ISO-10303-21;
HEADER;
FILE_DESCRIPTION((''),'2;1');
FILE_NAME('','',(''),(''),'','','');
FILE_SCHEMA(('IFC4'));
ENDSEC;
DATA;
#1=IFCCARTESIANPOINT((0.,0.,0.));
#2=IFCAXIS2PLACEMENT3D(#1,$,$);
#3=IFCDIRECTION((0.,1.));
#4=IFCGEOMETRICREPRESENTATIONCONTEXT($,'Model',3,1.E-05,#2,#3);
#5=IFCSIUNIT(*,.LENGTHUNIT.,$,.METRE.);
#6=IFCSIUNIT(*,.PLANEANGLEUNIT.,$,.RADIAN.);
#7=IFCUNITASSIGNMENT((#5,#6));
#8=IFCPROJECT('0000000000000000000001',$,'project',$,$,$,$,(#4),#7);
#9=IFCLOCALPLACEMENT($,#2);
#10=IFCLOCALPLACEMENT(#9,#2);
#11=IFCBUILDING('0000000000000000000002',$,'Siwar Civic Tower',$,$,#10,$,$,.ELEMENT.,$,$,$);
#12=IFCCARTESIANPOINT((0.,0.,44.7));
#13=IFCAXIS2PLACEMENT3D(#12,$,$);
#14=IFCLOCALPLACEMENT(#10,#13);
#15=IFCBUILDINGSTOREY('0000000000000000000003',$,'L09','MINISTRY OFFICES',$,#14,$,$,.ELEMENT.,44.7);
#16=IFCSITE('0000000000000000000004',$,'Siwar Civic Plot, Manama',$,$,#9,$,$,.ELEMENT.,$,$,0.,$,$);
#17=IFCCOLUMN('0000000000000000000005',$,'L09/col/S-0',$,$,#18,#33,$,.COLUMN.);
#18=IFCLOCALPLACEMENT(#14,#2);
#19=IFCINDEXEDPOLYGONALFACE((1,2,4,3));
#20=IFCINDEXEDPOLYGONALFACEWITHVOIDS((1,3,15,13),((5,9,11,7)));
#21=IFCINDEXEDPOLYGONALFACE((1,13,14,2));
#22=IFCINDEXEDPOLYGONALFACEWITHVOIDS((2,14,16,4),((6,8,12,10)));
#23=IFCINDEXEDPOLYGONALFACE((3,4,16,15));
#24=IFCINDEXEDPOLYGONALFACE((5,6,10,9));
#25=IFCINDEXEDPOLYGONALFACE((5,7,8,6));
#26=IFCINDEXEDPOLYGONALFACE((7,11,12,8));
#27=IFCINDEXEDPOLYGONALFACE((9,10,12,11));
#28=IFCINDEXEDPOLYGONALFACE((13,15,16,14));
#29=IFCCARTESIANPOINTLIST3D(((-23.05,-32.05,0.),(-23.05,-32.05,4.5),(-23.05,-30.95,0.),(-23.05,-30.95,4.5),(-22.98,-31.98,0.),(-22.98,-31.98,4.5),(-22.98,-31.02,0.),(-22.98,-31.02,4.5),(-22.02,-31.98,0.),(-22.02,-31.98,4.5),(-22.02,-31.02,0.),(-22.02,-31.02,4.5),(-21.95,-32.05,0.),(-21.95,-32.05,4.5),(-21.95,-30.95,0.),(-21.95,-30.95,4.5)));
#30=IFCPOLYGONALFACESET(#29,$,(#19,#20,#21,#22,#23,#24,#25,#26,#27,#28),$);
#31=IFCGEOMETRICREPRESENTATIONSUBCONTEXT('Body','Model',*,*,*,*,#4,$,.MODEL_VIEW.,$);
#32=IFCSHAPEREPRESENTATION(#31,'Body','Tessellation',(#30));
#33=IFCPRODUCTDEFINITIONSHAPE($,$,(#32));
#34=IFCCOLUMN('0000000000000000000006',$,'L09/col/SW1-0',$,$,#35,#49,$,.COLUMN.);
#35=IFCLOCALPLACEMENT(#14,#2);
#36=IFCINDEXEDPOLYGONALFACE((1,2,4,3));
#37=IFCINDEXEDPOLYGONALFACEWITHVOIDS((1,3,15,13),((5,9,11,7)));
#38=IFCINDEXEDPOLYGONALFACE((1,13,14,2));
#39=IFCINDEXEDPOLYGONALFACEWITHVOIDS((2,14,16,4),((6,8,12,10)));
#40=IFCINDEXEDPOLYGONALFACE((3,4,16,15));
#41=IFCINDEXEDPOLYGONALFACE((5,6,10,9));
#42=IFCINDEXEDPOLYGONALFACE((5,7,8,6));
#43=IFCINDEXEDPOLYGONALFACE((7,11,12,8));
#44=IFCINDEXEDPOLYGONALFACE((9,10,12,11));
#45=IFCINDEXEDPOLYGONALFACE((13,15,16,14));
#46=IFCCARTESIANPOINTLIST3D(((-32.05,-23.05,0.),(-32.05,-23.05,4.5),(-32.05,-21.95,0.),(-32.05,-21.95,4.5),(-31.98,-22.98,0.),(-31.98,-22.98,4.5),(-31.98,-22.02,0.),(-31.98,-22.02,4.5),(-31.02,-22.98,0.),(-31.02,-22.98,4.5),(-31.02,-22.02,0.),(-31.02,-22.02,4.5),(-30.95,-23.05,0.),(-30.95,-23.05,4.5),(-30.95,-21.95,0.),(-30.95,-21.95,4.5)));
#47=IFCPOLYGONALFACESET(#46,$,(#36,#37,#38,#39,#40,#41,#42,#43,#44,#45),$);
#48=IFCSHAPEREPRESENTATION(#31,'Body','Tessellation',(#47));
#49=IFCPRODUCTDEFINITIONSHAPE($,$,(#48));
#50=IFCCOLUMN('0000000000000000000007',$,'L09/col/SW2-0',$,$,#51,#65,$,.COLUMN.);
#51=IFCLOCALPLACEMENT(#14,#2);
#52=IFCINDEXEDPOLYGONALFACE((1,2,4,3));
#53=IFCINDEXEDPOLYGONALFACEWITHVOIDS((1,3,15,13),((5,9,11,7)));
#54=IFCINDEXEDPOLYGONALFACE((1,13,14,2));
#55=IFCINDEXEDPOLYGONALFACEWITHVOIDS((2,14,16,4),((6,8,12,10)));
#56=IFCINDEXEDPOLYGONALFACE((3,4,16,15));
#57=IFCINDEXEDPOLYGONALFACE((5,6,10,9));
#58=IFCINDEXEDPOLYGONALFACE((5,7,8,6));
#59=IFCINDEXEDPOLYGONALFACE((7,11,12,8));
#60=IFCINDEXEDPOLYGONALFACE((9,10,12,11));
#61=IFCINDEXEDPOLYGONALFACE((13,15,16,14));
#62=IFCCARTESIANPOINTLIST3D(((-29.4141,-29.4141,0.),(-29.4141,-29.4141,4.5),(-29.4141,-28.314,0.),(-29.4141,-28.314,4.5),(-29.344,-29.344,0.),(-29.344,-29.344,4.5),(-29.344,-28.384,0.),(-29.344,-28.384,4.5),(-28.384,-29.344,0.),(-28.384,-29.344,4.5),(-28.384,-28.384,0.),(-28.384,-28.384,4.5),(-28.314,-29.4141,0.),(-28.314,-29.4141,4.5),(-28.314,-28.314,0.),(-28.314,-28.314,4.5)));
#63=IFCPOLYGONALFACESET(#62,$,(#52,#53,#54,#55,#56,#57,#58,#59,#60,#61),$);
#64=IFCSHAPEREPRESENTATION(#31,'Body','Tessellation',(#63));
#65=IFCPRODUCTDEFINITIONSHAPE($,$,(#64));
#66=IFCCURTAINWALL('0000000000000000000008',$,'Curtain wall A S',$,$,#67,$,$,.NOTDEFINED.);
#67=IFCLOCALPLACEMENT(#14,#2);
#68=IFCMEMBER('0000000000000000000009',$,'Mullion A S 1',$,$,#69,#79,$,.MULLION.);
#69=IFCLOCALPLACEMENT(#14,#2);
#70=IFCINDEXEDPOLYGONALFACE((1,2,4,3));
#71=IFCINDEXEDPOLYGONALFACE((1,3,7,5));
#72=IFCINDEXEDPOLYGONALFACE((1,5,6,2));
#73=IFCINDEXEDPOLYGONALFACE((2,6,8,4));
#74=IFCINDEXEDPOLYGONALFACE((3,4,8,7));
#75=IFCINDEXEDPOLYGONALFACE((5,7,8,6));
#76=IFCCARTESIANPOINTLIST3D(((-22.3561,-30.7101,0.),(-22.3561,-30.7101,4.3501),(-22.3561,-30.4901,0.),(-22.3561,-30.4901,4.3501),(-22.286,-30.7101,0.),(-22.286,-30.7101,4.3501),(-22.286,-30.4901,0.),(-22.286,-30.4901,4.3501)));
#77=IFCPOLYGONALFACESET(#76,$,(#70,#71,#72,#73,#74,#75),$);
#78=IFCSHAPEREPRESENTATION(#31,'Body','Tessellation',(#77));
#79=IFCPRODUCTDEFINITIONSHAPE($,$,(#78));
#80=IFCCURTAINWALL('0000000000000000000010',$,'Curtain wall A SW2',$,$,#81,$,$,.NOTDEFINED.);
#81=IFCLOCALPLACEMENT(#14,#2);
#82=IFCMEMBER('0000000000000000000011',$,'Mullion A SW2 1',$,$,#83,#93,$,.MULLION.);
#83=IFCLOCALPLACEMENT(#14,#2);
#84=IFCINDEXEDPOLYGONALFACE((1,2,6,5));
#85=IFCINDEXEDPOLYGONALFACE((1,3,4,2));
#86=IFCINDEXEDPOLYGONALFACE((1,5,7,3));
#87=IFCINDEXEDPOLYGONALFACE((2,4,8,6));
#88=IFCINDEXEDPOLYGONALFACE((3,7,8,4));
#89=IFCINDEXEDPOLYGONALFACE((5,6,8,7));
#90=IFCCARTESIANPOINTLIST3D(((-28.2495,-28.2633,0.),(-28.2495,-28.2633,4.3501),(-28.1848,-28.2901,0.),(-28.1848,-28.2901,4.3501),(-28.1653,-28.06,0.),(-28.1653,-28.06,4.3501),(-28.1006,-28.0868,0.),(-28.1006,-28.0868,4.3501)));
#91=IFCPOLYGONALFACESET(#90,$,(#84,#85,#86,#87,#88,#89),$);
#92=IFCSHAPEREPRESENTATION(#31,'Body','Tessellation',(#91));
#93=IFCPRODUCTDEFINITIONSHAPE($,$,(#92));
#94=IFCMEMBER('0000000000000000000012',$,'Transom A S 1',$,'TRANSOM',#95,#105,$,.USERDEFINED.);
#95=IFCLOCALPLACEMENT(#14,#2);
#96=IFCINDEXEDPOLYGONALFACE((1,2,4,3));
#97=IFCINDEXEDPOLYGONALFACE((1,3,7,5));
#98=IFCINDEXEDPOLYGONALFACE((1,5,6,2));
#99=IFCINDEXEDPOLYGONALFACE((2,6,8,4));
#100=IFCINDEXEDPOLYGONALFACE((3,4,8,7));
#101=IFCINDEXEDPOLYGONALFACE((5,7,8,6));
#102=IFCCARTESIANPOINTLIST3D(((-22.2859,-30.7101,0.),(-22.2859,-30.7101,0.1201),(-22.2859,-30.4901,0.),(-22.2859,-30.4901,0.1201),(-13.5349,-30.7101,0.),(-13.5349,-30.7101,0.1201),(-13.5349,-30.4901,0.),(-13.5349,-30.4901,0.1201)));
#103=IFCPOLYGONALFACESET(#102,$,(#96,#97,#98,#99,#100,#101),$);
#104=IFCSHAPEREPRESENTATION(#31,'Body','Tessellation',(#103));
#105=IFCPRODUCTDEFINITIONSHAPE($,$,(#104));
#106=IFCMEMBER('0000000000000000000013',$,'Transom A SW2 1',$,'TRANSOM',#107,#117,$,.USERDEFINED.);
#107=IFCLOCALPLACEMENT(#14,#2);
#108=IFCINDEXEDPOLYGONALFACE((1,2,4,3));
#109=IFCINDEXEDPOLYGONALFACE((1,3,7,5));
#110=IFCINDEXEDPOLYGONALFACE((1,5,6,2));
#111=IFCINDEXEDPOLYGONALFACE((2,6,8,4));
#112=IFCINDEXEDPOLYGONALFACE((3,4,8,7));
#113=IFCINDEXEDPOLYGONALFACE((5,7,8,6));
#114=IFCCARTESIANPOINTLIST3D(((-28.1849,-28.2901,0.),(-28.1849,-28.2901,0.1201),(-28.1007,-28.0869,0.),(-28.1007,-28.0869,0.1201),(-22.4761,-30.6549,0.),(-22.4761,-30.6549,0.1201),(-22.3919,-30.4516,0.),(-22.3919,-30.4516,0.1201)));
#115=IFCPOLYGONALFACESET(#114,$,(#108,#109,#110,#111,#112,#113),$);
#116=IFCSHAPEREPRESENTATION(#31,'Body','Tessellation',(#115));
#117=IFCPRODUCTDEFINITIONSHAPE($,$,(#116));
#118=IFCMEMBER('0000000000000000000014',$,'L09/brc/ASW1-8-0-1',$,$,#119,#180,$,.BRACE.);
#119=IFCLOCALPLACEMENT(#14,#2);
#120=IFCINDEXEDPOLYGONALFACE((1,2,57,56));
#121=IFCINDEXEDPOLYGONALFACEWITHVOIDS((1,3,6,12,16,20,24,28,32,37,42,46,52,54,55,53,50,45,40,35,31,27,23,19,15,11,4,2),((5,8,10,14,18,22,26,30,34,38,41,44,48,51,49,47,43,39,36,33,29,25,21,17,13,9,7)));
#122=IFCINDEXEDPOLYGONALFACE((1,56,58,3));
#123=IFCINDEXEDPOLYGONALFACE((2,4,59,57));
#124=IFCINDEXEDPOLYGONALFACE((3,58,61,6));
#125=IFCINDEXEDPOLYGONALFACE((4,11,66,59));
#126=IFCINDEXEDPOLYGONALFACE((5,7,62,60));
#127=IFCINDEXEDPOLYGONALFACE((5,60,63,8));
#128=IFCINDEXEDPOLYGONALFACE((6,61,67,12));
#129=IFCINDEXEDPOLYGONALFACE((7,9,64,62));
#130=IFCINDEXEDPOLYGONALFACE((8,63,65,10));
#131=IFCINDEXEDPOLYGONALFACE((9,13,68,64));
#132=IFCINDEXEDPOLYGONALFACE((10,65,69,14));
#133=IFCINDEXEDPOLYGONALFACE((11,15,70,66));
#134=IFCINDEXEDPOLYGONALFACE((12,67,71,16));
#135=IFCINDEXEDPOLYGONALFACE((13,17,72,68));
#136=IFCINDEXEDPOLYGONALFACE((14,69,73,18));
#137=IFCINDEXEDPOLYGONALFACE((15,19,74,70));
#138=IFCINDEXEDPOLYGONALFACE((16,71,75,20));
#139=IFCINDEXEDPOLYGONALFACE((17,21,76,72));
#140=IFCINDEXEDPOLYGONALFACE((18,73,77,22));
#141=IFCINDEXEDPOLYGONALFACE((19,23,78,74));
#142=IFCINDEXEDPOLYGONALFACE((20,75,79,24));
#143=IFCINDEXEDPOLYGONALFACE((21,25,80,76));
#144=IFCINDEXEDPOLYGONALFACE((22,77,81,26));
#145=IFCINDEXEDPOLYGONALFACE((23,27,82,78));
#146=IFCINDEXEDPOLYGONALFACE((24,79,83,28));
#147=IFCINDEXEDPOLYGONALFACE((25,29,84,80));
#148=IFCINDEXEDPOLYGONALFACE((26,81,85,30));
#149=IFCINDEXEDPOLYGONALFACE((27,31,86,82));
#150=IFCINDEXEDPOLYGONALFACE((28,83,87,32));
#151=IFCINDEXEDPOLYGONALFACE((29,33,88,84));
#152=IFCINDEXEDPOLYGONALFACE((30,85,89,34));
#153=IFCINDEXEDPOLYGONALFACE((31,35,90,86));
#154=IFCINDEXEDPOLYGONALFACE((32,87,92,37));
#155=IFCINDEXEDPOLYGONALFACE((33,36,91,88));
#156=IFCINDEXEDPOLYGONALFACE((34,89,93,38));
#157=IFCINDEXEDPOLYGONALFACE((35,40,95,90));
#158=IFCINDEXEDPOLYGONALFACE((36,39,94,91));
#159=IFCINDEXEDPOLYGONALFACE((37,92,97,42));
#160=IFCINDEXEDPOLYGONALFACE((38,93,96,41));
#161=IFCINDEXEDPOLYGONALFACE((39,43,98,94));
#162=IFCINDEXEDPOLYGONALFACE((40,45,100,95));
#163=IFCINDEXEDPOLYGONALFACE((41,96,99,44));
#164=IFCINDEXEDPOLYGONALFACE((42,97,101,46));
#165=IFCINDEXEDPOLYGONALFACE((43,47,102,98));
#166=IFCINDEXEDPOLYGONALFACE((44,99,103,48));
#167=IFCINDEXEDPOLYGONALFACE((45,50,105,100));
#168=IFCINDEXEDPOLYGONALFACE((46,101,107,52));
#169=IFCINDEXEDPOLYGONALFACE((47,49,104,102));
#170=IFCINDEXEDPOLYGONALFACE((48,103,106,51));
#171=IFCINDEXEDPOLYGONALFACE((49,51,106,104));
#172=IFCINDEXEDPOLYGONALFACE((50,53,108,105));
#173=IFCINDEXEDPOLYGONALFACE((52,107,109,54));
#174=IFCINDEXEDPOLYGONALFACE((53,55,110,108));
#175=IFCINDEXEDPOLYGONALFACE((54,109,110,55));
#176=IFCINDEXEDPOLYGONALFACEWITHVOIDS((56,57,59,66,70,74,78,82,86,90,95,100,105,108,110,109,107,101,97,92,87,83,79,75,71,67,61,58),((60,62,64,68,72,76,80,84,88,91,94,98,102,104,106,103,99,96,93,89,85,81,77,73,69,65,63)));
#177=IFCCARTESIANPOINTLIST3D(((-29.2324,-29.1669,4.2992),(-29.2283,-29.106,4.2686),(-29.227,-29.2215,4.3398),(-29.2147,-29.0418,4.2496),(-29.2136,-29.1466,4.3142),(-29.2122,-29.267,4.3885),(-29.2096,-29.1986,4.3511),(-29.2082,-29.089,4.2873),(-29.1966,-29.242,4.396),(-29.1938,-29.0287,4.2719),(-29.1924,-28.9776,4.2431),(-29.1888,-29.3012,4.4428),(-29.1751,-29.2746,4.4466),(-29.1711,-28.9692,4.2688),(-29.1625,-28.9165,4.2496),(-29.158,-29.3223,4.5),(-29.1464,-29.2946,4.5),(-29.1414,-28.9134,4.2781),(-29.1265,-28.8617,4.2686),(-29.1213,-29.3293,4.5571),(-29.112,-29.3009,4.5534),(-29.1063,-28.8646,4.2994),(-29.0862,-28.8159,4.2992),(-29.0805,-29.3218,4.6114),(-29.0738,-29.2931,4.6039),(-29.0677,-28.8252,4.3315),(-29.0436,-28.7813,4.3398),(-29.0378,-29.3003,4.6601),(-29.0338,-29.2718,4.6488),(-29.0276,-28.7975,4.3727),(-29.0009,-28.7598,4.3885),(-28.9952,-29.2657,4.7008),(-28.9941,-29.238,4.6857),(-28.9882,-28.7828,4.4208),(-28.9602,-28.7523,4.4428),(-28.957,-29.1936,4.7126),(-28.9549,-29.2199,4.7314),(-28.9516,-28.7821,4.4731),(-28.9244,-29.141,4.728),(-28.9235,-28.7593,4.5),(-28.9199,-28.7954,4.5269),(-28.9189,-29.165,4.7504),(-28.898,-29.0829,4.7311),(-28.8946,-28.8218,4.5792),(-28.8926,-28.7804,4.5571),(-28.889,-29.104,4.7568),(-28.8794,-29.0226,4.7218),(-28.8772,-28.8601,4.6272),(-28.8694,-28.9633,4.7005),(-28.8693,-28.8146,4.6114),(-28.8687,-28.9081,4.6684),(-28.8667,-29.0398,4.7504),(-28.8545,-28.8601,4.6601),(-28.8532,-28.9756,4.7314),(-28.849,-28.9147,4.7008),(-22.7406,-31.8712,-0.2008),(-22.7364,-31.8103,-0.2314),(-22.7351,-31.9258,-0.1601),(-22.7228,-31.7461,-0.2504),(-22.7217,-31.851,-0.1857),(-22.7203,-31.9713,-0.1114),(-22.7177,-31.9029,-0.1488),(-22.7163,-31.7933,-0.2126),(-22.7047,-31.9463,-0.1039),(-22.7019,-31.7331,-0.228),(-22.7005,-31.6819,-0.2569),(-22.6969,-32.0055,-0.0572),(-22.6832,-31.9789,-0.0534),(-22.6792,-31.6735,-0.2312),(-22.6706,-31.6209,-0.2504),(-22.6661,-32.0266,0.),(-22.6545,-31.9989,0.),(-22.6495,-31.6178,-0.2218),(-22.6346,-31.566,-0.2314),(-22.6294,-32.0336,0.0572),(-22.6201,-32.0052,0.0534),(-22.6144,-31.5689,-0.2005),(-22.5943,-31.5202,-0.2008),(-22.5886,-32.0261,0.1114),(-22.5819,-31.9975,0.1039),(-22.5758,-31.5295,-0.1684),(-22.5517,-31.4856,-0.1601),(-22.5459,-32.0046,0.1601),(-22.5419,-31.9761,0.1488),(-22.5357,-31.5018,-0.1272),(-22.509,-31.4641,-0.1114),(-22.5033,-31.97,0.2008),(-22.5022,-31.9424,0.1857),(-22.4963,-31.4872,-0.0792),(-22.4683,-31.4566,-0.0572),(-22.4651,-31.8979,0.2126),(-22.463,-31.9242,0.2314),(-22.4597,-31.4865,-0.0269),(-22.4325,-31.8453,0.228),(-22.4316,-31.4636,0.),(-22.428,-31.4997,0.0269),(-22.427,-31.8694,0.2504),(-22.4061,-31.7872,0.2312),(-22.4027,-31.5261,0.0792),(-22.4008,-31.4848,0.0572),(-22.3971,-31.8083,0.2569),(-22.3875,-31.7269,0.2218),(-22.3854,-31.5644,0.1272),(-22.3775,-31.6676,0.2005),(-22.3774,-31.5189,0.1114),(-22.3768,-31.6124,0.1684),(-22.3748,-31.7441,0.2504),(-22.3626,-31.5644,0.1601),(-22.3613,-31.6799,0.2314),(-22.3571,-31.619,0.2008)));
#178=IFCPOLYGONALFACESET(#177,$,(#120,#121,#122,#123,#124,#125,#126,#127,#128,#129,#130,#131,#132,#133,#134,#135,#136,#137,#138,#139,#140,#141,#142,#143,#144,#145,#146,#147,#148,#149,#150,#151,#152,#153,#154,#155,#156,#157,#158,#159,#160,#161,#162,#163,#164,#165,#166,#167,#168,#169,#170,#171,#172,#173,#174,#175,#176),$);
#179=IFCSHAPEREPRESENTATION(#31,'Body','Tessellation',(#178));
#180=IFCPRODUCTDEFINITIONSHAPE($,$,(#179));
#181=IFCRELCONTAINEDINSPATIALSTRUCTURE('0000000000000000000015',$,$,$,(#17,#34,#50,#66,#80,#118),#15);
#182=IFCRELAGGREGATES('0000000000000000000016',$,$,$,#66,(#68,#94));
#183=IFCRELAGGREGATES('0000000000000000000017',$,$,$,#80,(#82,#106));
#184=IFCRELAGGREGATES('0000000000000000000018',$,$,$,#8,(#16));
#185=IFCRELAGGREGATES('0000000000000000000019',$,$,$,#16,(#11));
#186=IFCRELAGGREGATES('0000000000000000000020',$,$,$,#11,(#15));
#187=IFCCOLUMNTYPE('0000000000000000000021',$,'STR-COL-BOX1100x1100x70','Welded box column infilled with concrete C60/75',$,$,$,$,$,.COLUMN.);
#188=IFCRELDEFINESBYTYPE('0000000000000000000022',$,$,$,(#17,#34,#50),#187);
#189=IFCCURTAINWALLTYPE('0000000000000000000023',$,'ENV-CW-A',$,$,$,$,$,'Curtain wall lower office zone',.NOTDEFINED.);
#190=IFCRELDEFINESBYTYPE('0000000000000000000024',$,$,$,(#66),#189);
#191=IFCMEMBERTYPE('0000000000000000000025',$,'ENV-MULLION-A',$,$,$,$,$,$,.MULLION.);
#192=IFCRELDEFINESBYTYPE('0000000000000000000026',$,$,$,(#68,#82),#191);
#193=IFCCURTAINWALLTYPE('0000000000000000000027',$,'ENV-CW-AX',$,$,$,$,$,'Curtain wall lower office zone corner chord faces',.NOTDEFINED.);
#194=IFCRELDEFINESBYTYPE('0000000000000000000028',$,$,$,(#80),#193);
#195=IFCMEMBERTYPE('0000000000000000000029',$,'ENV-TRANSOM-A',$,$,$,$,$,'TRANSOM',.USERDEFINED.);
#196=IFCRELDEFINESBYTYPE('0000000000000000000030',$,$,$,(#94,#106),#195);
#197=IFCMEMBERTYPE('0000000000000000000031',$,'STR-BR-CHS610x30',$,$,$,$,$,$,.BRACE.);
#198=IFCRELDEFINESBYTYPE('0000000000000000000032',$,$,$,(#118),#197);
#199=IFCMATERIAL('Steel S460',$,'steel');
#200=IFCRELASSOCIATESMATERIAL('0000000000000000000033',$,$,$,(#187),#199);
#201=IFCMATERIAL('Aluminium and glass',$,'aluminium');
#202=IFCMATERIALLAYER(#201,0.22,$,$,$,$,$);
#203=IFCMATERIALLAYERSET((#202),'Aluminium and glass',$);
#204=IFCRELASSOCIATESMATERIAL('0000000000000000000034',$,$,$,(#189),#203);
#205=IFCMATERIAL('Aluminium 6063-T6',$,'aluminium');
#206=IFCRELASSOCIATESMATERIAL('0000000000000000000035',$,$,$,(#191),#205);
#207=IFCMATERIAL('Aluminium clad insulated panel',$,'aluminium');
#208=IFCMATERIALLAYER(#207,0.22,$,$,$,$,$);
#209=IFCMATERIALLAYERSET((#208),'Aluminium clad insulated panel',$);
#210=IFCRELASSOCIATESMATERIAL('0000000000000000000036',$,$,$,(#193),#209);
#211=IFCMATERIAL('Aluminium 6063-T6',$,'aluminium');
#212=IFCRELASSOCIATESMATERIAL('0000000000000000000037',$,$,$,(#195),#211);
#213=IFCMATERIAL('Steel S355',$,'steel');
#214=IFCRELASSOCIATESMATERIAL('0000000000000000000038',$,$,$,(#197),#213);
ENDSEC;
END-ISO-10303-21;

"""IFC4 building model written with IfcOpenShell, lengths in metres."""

from ifc_helpers import new_model, si_unit, direction, frame, origin, origin_2d, place, context, subcontext, project, spatial, rectangle, hollow_rectangle, hollow_circle, extrude, material, layer, layer_set, material_profile, profile_set, type_object, element, aggregate, save


model = new_model("IFC4")

# Units and contexts
model_context = context("Model", 3, precision=1e-05, world=origin(), true_north=direction((0.0, 1.0)))
body_context = subcontext(model_context, "Body", "Model", "MODEL_VIEW")
ifc_project = project(units=[si_unit("LENGTHUNIT", "METRE"), si_unit("PLANEANGLEUNIT", "RADIAN")], contexts=[model_context])

# Site, building, storey
site_placement = place(None, origin())
site = spatial("IfcSite", under=ifc_project, at=site_placement, Name="Siwar Civic Plot, Manama", CompositionType="ELEMENT", RefElevation=0.0)
building_placement = place(site_placement, origin())
building = spatial("IfcBuilding", under=site, at=building_placement, Name="Siwar Civic Tower", CompositionType="ELEMENT")
storey_placement = place(building_placement, frame((0.0, 0.0, 44.7)))
storey = spatial("IfcBuildingStorey", under=building, at=storey_placement, Name="L09", Description="MINISTRY OFFICES", CompositionType="ELEMENT", Elevation=44.7)

# Columns
ifc_material_1 = material(Name="Steel S460", Category="steel")
ifc_material_profile_1 = material_profile(ifc_material_1, hollow_rectangle(XDim=1.1001, YDim=1.1001, WallThickness=0.0701, at=origin_2d()), Name="BOX1100x1100x70")
ifc_profile_set_1 = profile_set([ifc_material_profile_1], Name="Steel S460")
column_type = type_object("IfcColumnType", Name="STR-COL-BOX1100x1100x70", Description="Welded box column infilled with concrete C60/75", PredefinedType="COLUMN", material=ifc_profile_set_1)
for number, where, z_axis, x_axis, name in (
    (1, (-22.5, -31.5, 0.0), (0.0, 0.0, 1.0), (1.0, 0.0, 0.0), "L09/col/S-0"),
    (2, (-31.5, -22.5, 0.0), (0.0, 0.0, 1.0), (1.0, 0.0, 0.0), "L09/col/SW1-0"),
    (3, (-28.864, -28.864, 0.0), (0.0, 0.0, 1.0), (1.0, 0.0, 0.0), "L09/col/SW2-0"),
):
    element("IfcColumn", number, at=place(storey_placement, frame(where, z_axis=z_axis, x_axis=x_axis)), inside=storey, type_object=column_type, Name=name, PredefinedType="COLUMN", context=body_context, shape_type="SweptSolid", body=[
        extrude(hollow_rectangle(XDim=1.1001, YDim=1.1001, WallThickness=0.0701, at=origin_2d()), origin(), (0.0, 0.0, 1.0), 4.5),
    ])

# Curtain walls, members
ifc_material_2 = material(Name="Aluminium and glass", Category="aluminium")
ifc_layer_1 = layer(ifc_material_2, 0.22)
ifc_layer_set_1 = layer_set([ifc_layer_1], Name="Aluminium and glass")
curtain_wall_type_1 = type_object("IfcCurtainWallType", Name="ENV-CW-A", ElementType="Curtain wall lower office zone", PredefinedType="NOTDEFINED", material=ifc_layer_set_1)
curtain_wall_1_placement = place(storey_placement, origin())
curtain_wall_1 = element("IfcCurtainWall", 4, at=curtain_wall_1_placement, inside=storey, type_object=curtain_wall_type_1, Name="Curtain wall A S", PredefinedType="NOTDEFINED")
ifc_material_3 = material(Name="Aluminium 6063-T6", Category="aluminium")
ifc_material_profile_2 = material_profile(ifc_material_3, rectangle(XDim=0.22, YDim=0.0701, at=origin_2d()), Name="AL 220x70")
ifc_profile_set_2 = profile_set([ifc_material_profile_2], Name="Aluminium 6063-T6")
member_type_1 = type_object("IfcMemberType", Name="ENV-MULLION-A", PredefinedType="MULLION", material=ifc_profile_set_2)
member_1_placement = place(storey_placement, frame((-22.321, -30.6001, 0.0), z_axis=(0.0, 0.0, 1.0), x_axis=(0.0, 1.0, 0.0)))
member_1 = element("IfcMember", 5, at=member_1_placement, type_object=member_type_1, Name="Mullion A S 1", PredefinedType="MULLION", context=body_context, shape_type="SweptSolid", body=[
    extrude(rectangle(XDim=0.22, YDim=0.0701, at=origin_2d()), origin(), (0.0, 0.0, 1.0), 4.3501),
])
ifc_material_4 = material(Name="Aluminium clad insulated panel", Category="aluminium")
ifc_layer_2 = layer(ifc_material_4, 0.22)
ifc_layer_set_2 = layer_set([ifc_layer_2], Name="Aluminium clad insulated panel")
curtain_wall_type_2 = type_object("IfcCurtainWallType", Name="ENV-CW-AX", ElementType="Curtain wall lower office zone corner chord faces", PredefinedType="NOTDEFINED", material=ifc_layer_set_2)
curtain_wall_2_placement = place(storey_placement, origin())
curtain_wall_2 = element("IfcCurtainWall", 6, at=curtain_wall_2_placement, inside=storey, type_object=curtain_wall_type_2, Name="Curtain wall A SW2", PredefinedType="NOTDEFINED")
member_2_placement = place(storey_placement, frame((-28.175, -28.175, 0.0), z_axis=(0.0, 0.0, 1.0), x_axis=(0.382683, 0.92388, 0.0)))
member_2 = element("IfcMember", 7, at=member_2_placement, type_object=member_type_1, Name="Mullion A SW2 1", PredefinedType="MULLION", context=body_context, shape_type="SweptSolid", body=[
    extrude(rectangle(XDim=0.22, YDim=0.0701, at=origin_2d()), origin(), (0.0, 0.0, 1.0), 4.3501),
])

# Members
ifc_material_5 = material(Name="Aluminium 6063-T6", Category="aluminium")
ifc_material_profile_3 = material_profile(ifc_material_5, rectangle(XDim=0.22, YDim=0.1201, at=origin_2d()), Name="AL 220x120")
ifc_profile_set_3 = profile_set([ifc_material_profile_3], Name="Aluminium 6063-T6")
member_type_2 = type_object("IfcMemberType", Name="ENV-TRANSOM-A", ElementType="TRANSOM", PredefinedType="USERDEFINED", material=ifc_profile_set_3)
member_3_placement = place(storey_placement, frame((-22.2859, -30.6001, 0.0601), z_axis=(1.0, 0.0, 0.0), x_axis=(0.0, 1.0, 0.0)))
member_3 = element("IfcMember", 8, at=member_3_placement, type_object=member_type_2, Name="Transom A S 1", ObjectType="TRANSOM", PredefinedType="USERDEFINED", context=body_context, shape_type="SweptSolid", body=[
    extrude(rectangle(XDim=0.22, YDim=0.1201, at=origin_2d()), origin(), (0.0, 0.0, 1.0), 8.751),
])
aggregate(curtain_wall_1, [member_1, member_3])
member_4_placement = place(storey_placement, frame((-28.1428, -28.1885, 0.0601), z_axis=(0.923873, -0.382698, 0.0), x_axis=(0.382698, 0.923873, 0.0)))
member_4 = element("IfcMember", 9, at=member_4_placement, type_object=member_type_2, Name="Transom A SW2 1", ObjectType="TRANSOM", PredefinedType="USERDEFINED", context=body_context, shape_type="SweptSolid", body=[
    extrude(rectangle(XDim=0.22, YDim=0.1201, at=origin_2d()), origin(), (0.0, 0.0, 1.0), 6.1792),
])

# Member
ifc_material_6 = material(Name="Steel S355", Category="steel")
ifc_material_profile_4 = material_profile(ifc_material_6, hollow_circle(Radius=0.3049, WallThickness=0.03, at=origin_2d()), Name="CHS610x30")
ifc_profile_set_4 = profile_set([ifc_material_profile_4], Name="Steel S355")
member_type_3 = type_object("IfcMemberType", Name="STR-BR-CHS610x30", PredefinedType="BRACE", material=ifc_profile_set_4)
member_5_placement = place(storey_placement, frame((-22.5488, -31.7451, 0.0), z_axis=(-0.777555, 0.323906, 0.538975), x_axis=(-0.384539, -0.923109, 0.0)))
element("IfcMember", 10, at=member_5_placement, inside=storey, type_object=member_type_3, Name="L09/brc/ASW1-8-0-1", PredefinedType="BRACE", context=body_context, shape_type="SweptSolid", body=[
    extrude(hollow_circle(Radius=0.3049, WallThickness=0.03, at=origin_2d()), origin(), (0.0, 0.0, 1.0), 8.3491),
])

aggregate(curtain_wall_2, [member_2, member_4])

save(model, "model.ifc")
